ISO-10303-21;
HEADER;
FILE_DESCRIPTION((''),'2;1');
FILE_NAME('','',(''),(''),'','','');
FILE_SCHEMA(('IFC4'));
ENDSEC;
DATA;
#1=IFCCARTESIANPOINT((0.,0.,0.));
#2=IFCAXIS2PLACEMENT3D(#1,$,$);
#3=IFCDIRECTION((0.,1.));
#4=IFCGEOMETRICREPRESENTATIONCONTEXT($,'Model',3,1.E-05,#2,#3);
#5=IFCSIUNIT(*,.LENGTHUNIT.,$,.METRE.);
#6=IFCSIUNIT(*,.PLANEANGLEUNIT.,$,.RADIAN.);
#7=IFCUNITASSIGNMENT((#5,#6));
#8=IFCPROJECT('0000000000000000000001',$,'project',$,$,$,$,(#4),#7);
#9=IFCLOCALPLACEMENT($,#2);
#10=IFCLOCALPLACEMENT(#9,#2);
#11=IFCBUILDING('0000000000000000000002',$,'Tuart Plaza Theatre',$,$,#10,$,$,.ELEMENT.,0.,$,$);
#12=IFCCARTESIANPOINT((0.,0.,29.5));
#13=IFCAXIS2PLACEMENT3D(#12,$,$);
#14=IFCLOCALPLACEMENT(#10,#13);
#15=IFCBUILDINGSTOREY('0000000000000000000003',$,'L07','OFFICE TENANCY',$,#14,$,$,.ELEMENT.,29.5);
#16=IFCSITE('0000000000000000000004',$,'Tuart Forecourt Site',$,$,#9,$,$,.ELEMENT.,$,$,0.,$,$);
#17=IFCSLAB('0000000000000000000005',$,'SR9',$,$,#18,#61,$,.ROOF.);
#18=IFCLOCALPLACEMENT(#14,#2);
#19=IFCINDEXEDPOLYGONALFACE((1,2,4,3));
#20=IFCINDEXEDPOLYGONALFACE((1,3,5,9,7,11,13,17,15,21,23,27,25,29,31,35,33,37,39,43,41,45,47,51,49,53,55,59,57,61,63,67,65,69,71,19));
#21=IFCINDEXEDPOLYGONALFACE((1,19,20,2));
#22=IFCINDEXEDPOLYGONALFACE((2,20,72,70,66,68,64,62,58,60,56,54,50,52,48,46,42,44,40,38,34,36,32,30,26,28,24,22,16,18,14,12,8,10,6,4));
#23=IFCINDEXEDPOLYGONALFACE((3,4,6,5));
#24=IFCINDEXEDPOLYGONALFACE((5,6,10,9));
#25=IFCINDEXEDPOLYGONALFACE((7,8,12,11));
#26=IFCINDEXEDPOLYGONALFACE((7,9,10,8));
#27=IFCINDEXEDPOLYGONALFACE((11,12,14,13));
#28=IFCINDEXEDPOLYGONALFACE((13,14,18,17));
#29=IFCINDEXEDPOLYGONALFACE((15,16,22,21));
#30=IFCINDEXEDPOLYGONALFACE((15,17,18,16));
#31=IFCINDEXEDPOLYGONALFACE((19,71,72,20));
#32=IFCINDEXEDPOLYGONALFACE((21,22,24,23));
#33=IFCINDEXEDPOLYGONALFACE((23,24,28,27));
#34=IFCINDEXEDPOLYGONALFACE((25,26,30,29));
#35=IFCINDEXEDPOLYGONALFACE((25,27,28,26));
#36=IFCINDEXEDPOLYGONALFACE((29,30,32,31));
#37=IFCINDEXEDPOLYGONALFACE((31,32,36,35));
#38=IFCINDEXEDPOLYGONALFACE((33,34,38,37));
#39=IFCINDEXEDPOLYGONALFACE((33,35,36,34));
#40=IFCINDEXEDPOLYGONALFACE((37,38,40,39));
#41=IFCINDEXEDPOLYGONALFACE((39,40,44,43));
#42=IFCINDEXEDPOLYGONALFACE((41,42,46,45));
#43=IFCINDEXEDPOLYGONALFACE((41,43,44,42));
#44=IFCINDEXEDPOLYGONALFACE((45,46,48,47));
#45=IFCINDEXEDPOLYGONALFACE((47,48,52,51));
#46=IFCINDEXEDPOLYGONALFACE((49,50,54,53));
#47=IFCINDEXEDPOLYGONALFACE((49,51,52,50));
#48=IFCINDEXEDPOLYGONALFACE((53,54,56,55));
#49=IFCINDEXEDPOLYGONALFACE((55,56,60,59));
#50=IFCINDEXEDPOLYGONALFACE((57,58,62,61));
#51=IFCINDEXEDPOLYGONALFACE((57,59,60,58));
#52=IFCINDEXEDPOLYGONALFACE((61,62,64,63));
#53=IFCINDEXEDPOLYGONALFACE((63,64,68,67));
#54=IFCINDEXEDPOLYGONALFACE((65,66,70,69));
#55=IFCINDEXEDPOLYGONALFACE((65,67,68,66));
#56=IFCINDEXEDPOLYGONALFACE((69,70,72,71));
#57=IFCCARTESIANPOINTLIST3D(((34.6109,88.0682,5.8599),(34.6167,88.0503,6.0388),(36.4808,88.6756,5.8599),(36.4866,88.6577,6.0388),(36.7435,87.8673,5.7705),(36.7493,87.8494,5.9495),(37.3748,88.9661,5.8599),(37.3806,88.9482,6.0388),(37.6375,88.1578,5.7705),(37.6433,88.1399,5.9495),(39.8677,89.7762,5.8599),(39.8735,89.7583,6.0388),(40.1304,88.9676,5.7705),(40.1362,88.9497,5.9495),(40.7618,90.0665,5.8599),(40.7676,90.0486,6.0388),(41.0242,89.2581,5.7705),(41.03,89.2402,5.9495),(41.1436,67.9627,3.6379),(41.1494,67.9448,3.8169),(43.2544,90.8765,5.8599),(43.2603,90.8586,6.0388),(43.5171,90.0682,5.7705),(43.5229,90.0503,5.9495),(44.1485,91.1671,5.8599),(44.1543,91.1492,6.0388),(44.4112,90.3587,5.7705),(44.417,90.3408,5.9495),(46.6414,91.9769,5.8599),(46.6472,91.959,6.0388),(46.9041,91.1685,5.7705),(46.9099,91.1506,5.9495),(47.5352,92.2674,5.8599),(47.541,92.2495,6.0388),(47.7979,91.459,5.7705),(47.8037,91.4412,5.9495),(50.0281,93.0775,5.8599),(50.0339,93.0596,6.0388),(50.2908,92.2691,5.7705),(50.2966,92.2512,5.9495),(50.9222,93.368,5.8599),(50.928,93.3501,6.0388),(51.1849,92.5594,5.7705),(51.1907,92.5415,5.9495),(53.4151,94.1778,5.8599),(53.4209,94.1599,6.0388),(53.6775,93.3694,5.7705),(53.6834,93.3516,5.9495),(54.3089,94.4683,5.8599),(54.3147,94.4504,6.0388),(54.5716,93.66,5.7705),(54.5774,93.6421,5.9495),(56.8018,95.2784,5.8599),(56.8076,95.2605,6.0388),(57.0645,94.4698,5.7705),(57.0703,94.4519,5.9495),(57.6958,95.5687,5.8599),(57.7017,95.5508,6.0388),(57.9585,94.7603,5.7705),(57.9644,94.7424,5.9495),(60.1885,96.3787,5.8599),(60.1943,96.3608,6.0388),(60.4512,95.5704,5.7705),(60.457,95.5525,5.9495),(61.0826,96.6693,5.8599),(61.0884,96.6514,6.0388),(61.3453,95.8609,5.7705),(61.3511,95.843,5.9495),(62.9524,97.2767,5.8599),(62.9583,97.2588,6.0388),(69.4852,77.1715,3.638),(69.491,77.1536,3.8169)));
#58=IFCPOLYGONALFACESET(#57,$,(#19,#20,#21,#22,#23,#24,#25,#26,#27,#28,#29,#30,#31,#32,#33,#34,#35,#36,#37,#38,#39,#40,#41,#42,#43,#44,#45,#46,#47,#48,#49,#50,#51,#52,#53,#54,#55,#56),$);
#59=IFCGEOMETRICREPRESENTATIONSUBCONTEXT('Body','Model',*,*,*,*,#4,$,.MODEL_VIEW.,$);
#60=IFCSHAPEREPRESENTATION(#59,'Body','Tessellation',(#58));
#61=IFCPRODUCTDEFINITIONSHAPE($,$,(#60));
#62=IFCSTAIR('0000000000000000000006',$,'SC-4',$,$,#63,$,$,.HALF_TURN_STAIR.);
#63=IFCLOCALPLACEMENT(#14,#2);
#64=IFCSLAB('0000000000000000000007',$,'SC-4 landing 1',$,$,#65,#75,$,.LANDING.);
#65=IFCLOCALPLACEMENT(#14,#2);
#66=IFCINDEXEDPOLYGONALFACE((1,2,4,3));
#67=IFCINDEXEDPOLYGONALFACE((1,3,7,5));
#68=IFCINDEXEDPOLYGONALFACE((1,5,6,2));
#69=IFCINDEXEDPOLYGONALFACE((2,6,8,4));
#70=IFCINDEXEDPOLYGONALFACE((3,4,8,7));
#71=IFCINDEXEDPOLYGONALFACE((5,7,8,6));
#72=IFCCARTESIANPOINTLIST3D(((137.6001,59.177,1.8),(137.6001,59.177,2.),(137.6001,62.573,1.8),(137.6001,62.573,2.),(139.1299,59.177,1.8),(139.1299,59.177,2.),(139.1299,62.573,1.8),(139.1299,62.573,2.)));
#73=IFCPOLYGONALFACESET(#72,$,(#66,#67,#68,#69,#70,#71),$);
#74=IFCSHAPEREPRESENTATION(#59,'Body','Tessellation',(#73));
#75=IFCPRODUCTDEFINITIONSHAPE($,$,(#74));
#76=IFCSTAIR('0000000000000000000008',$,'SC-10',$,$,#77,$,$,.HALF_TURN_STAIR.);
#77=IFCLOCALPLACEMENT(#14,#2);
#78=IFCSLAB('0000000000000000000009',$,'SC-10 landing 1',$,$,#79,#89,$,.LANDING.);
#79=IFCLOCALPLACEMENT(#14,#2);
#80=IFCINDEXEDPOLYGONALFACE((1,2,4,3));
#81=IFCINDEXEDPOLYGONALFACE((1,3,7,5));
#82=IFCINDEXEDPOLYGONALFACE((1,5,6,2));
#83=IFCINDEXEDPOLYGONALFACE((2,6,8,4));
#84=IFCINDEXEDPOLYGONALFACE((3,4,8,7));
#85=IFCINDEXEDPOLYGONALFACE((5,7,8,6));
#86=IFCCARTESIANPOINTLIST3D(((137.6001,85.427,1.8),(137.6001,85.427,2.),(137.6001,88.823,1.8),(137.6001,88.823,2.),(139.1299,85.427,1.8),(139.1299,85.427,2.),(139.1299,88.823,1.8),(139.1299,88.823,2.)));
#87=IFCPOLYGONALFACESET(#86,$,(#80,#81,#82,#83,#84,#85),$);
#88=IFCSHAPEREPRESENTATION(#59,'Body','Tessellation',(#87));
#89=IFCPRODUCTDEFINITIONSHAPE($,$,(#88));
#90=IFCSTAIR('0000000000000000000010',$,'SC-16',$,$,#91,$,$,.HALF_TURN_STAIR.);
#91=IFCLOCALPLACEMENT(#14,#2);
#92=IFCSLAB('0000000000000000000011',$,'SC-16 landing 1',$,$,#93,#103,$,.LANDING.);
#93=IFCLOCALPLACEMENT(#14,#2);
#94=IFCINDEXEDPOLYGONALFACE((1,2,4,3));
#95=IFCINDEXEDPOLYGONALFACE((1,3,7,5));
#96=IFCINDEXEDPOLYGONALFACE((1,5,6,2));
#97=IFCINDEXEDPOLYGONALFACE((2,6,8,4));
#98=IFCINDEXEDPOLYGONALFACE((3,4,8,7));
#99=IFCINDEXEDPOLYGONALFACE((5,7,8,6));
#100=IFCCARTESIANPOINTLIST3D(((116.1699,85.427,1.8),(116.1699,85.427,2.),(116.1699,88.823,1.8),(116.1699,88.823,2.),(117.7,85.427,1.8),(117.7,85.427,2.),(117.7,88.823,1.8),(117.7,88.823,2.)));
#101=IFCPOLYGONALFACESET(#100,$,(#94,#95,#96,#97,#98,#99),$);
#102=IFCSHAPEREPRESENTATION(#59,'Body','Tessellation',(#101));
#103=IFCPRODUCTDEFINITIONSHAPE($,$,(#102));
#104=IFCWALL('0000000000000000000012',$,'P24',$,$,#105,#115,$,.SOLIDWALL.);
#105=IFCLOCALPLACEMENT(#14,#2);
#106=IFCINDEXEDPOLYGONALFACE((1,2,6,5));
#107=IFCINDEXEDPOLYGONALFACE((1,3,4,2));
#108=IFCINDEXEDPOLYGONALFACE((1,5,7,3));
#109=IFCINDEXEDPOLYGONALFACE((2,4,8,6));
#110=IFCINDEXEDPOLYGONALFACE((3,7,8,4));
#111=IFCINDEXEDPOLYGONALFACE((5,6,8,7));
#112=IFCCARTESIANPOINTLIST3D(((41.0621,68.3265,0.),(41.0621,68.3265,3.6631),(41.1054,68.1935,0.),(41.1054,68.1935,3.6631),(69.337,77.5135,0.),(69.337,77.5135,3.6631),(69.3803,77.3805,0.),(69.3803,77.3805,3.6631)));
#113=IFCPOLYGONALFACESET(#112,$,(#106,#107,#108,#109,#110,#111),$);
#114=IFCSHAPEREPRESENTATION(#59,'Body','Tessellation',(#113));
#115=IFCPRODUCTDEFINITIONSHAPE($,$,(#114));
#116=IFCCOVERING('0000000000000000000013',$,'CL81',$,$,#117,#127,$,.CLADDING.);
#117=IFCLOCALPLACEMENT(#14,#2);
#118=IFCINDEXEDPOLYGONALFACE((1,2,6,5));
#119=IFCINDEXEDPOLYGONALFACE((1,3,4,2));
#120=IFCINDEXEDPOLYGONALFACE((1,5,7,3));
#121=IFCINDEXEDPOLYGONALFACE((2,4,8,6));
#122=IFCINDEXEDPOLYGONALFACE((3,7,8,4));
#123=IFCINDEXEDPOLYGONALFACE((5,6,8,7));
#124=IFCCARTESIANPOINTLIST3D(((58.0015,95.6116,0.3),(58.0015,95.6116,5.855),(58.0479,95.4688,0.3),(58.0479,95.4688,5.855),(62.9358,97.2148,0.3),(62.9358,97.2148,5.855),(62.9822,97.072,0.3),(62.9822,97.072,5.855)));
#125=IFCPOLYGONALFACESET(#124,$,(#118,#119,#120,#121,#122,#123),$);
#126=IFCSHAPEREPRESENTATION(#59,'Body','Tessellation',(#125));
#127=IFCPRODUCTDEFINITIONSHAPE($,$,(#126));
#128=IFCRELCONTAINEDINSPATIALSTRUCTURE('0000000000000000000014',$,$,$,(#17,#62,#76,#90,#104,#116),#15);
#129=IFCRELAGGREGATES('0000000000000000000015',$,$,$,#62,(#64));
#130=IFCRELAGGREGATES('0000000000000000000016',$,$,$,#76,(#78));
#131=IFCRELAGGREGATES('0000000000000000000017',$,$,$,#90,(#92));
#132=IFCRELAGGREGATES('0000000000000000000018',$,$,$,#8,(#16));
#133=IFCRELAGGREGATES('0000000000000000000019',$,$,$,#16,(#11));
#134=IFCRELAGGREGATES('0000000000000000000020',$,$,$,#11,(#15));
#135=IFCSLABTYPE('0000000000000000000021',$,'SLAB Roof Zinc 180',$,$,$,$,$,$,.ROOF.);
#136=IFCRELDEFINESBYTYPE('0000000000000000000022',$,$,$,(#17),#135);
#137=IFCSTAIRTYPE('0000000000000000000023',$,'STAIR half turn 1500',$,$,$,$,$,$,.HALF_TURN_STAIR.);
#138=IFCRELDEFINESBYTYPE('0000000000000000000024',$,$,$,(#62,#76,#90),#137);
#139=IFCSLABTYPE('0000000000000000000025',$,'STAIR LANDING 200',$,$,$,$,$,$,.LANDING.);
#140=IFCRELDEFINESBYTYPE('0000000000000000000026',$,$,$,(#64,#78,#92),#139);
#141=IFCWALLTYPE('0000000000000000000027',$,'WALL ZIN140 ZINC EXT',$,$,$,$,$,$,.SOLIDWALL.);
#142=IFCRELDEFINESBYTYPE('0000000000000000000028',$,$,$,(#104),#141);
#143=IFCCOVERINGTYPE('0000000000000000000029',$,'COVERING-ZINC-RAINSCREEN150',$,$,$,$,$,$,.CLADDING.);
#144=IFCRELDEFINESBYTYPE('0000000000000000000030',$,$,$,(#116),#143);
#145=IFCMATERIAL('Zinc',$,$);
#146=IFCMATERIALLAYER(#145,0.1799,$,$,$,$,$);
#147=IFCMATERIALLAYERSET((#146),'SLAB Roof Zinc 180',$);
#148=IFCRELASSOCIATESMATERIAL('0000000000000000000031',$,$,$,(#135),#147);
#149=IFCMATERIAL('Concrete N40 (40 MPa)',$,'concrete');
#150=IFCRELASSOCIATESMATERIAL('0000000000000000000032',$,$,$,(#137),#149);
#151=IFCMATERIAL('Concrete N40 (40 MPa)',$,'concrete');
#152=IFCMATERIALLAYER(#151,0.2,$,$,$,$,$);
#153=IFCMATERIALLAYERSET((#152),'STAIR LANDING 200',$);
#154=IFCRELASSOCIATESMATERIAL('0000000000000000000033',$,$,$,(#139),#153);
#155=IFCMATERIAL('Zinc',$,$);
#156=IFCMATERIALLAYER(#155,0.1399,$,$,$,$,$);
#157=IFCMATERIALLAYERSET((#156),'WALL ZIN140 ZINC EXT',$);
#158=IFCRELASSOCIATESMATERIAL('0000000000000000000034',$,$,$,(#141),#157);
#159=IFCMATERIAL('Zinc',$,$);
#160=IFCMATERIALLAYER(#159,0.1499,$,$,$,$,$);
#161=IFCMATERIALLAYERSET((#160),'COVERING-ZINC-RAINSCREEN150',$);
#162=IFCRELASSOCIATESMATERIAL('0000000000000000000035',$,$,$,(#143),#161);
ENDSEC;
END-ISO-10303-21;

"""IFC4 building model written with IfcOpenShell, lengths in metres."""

from ifc_helpers import new_model, si_unit, direction, frame, frame_2d, origin, place, context, subcontext, project, spatial, polyline, rectangle, outline, extrude, material, layer, layer_set, type_object, element, aggregate, save


model = new_model("IFC4")

# Units and contexts
model_context = context("Model", 3, precision=1e-05, world=origin(), true_north=direction((0.0, 1.0)))
body_context = subcontext(model_context, "Body", "Model", "MODEL_VIEW")
ifc_project = project(units=[si_unit("LENGTHUNIT", "METRE"), si_unit("PLANEANGLEUNIT", "RADIAN")], contexts=[model_context])

# Site, building, storey
site_placement = place(None, origin())
site = spatial("IfcSite", under=ifc_project, at=site_placement, Name="Tuart Forecourt Site", CompositionType="ELEMENT", RefElevation=0.0)
building_placement = place(site_placement, origin())
building = spatial("IfcBuilding", under=site, at=building_placement, Name="Tuart Plaza Theatre", CompositionType="ELEMENT", ElevationOfRefHeight=0.0)
storey_placement = place(building_placement, frame((0.0, 0.0, 29.5)))
storey = spatial("IfcBuildingStorey", under=building, at=storey_placement, Name="L07", Description="OFFICE TENANCY", CompositionType="ELEMENT", Elevation=29.5)

# Slab
ifc_material_1 = material(Name="Zinc")
ifc_layer_1 = layer(ifc_material_1, 0.1799)
ifc_layer_set_1 = layer_set([ifc_layer_1], Name="SLAB Roof Zinc 180")
slab_type_1 = type_object("IfcSlabType", Name="SLAB Roof Zinc 180", PredefinedType="ROOF", material=ifc_layer_set_1)
slab_1_placement = place(storey_placement, frame((41.1494, 67.9448, 3.8169), z_axis=(0.032301, -0.099413, 0.994522), x_axis=(0.951056, 0.309017, 0.0)))
element("IfcSlab", 1, at=slab_1_placement, inside=storey, type_object=slab_type_1, Name="SR9", PredefinedType="ROOF", context=body_context, shape_type="SweptSolid", body=[
    extrude(outline(polyline([(0.0, 0.0), (29.8001, 0.0), (29.8, 21.2564), (27.8339, 21.2565), (27.8339, 20.4019), (26.8939, 20.4018), (26.8938, 21.2565), (24.2728, 21.2563), (24.2729, 20.4017), (23.3328, 20.4017), (23.3329, 21.2565), (20.7116, 21.2565), (20.7117, 20.4018), (19.7716, 20.4018), (19.7718, 21.2564), (17.1506, 21.2565), (17.1506, 20.4017), (16.2106, 20.4019), (16.2106, 21.2565), (13.5893, 21.2565), (13.5894, 20.4018), (12.6496, 20.4017), (12.6495, 21.2564), (10.0284, 21.2565), (10.0284, 20.4019), (9.0883, 20.4018), (9.0883, 21.2565), (6.4673, 21.2564), (6.4671, 20.4018), (5.5273, 20.4017), (5.5273, 21.2566), (2.9061, 21.2565), (2.9061, 20.4019), (1.9661, 20.4018), (1.966, 21.2565), (0.0, 21.2566), (0.0, 0.0)])), origin(), (0.0, 0.0, -1.0), 0.1799),
])

# Stairs, slabs
ifc_material_2 = material(Name="Concrete N40 (40 MPa)", Category="concrete")
stair_type = type_object("IfcStairType", Name="STAIR half turn 1500", PredefinedType="HALF_TURN_STAIR", material=ifc_material_2)
stair_1_placement = place(storey_placement, origin())
stair_1 = element("IfcStair", 2, at=stair_1_placement, inside=storey, type_object=stair_type, Name="SC-4", PredefinedType="HALF_TURN_STAIR")
ifc_material_3 = material(Name="Concrete N40 (40 MPa)", Category="concrete")
ifc_layer_2 = layer(ifc_material_3, 0.2)
ifc_layer_set_2 = layer_set([ifc_layer_2], Name="STAIR LANDING 200")
slab_type_2 = type_object("IfcSlabType", Name="STAIR LANDING 200", PredefinedType="LANDING", material=ifc_layer_set_2)
slab_2_placement = place(storey_placement, frame((0.0, 0.0, 1.8)))
slab_2 = element("IfcSlab", 3, at=slab_2_placement, type_object=slab_type_2, Name="SC-4 landing 1", PredefinedType="LANDING", context=body_context, shape_type="SweptSolid", body=[
    extrude(outline(polyline([(137.6001, 59.177), (139.1299, 59.177), (139.1299, 62.573), (137.6001, 62.573), (137.6001, 59.177)])), origin(), (0.0, 0.0, 1.0), 0.2),
])
aggregate(stair_1, [slab_2])
stair_2_placement = place(storey_placement, origin())
stair_2 = element("IfcStair", 4, at=stair_2_placement, inside=storey, type_object=stair_type, Name="SC-10", PredefinedType="HALF_TURN_STAIR")
slab_3_placement = place(storey_placement, frame((0.0, 0.0, 1.8)))
slab_3 = element("IfcSlab", 5, at=slab_3_placement, type_object=slab_type_2, Name="SC-10 landing 1", PredefinedType="LANDING", context=body_context, shape_type="SweptSolid", body=[
    extrude(outline(polyline([(137.6001, 85.427), (139.1299, 85.427), (139.1299, 88.823), (137.6001, 88.823), (137.6001, 85.427)])), origin(), (0.0, 0.0, 1.0), 0.2),
])
aggregate(stair_2, [slab_3])
stair_3_placement = place(storey_placement, origin())
stair_3 = element("IfcStair", 6, at=stair_3_placement, inside=storey, type_object=stair_type, Name="SC-16", PredefinedType="HALF_TURN_STAIR")
slab_4_placement = place(storey_placement, frame((0.0, 0.0, 1.8)))
slab_4 = element("IfcSlab", 7, at=slab_4_placement, type_object=slab_type_2, Name="SC-16 landing 1", PredefinedType="LANDING", context=body_context, shape_type="SweptSolid", body=[
    extrude(outline(polyline([(117.7, 88.823), (116.1699, 88.823), (116.1699, 85.427), (117.7, 85.427), (117.7, 88.823)])), origin(), (0.0, 0.0, 1.0), 0.2),
])
aggregate(stair_3, [slab_4])

# Wall
ifc_material_4 = material(Name="Zinc")
ifc_layer_3 = layer(ifc_material_4, 0.1399)
ifc_layer_set_3 = layer_set([ifc_layer_3], Name="WALL ZIN140 ZINC EXT")
wall_type = type_object("IfcWallType", Name="WALL ZIN140 ZINC EXT", PredefinedType="SOLIDWALL", material=ifc_layer_set_3)
wall_placement = place(storey_placement, frame((41.0837, 68.26, 0.0), z_axis=(0.0, 0.0, 1.0), x_axis=(0.951057, 0.309015, 0.0)))
element("IfcWall", 8, at=wall_placement, inside=storey, type_object=wall_type, Name="P24", PredefinedType="SOLIDWALL", context=body_context, shape_type="SweptSolid", body=[
    extrude(rectangle(XDim=29.73, YDim=0.1399, at=frame_2d((14.865, 0.0))), origin(), (0.0, 0.0, 1.0), 3.6631),
])

# Covering
ifc_material_5 = material(Name="Zinc")
ifc_layer_4 = layer(ifc_material_5, 0.1499)
ifc_layer_set_4 = layer_set([ifc_layer_4], Name="COVERING-ZINC-RAINSCREEN150")
covering_type = type_object("IfcCoveringType", Name="COVERING-ZINC-RAINSCREEN150", PredefinedType="CLADDING", material=ifc_layer_set_4)
covering_placement = place(storey_placement, frame((0.0, 0.0, 0.3)))
element("IfcCovering", 9, at=covering_placement, inside=storey, type_object=covering_type, Name="CL81", PredefinedType="CLADDING", context=body_context, shape_type="SweptSolid", body=[
    extrude(outline(polyline([(58.0015, 95.6116), (62.9358, 97.2148), (62.9822, 97.072), (58.0479, 95.4688), (58.0015, 95.6116)])), origin(), (0.0, 0.0, 1.0), 5.5549),
])

save(model, "model.ifc")
